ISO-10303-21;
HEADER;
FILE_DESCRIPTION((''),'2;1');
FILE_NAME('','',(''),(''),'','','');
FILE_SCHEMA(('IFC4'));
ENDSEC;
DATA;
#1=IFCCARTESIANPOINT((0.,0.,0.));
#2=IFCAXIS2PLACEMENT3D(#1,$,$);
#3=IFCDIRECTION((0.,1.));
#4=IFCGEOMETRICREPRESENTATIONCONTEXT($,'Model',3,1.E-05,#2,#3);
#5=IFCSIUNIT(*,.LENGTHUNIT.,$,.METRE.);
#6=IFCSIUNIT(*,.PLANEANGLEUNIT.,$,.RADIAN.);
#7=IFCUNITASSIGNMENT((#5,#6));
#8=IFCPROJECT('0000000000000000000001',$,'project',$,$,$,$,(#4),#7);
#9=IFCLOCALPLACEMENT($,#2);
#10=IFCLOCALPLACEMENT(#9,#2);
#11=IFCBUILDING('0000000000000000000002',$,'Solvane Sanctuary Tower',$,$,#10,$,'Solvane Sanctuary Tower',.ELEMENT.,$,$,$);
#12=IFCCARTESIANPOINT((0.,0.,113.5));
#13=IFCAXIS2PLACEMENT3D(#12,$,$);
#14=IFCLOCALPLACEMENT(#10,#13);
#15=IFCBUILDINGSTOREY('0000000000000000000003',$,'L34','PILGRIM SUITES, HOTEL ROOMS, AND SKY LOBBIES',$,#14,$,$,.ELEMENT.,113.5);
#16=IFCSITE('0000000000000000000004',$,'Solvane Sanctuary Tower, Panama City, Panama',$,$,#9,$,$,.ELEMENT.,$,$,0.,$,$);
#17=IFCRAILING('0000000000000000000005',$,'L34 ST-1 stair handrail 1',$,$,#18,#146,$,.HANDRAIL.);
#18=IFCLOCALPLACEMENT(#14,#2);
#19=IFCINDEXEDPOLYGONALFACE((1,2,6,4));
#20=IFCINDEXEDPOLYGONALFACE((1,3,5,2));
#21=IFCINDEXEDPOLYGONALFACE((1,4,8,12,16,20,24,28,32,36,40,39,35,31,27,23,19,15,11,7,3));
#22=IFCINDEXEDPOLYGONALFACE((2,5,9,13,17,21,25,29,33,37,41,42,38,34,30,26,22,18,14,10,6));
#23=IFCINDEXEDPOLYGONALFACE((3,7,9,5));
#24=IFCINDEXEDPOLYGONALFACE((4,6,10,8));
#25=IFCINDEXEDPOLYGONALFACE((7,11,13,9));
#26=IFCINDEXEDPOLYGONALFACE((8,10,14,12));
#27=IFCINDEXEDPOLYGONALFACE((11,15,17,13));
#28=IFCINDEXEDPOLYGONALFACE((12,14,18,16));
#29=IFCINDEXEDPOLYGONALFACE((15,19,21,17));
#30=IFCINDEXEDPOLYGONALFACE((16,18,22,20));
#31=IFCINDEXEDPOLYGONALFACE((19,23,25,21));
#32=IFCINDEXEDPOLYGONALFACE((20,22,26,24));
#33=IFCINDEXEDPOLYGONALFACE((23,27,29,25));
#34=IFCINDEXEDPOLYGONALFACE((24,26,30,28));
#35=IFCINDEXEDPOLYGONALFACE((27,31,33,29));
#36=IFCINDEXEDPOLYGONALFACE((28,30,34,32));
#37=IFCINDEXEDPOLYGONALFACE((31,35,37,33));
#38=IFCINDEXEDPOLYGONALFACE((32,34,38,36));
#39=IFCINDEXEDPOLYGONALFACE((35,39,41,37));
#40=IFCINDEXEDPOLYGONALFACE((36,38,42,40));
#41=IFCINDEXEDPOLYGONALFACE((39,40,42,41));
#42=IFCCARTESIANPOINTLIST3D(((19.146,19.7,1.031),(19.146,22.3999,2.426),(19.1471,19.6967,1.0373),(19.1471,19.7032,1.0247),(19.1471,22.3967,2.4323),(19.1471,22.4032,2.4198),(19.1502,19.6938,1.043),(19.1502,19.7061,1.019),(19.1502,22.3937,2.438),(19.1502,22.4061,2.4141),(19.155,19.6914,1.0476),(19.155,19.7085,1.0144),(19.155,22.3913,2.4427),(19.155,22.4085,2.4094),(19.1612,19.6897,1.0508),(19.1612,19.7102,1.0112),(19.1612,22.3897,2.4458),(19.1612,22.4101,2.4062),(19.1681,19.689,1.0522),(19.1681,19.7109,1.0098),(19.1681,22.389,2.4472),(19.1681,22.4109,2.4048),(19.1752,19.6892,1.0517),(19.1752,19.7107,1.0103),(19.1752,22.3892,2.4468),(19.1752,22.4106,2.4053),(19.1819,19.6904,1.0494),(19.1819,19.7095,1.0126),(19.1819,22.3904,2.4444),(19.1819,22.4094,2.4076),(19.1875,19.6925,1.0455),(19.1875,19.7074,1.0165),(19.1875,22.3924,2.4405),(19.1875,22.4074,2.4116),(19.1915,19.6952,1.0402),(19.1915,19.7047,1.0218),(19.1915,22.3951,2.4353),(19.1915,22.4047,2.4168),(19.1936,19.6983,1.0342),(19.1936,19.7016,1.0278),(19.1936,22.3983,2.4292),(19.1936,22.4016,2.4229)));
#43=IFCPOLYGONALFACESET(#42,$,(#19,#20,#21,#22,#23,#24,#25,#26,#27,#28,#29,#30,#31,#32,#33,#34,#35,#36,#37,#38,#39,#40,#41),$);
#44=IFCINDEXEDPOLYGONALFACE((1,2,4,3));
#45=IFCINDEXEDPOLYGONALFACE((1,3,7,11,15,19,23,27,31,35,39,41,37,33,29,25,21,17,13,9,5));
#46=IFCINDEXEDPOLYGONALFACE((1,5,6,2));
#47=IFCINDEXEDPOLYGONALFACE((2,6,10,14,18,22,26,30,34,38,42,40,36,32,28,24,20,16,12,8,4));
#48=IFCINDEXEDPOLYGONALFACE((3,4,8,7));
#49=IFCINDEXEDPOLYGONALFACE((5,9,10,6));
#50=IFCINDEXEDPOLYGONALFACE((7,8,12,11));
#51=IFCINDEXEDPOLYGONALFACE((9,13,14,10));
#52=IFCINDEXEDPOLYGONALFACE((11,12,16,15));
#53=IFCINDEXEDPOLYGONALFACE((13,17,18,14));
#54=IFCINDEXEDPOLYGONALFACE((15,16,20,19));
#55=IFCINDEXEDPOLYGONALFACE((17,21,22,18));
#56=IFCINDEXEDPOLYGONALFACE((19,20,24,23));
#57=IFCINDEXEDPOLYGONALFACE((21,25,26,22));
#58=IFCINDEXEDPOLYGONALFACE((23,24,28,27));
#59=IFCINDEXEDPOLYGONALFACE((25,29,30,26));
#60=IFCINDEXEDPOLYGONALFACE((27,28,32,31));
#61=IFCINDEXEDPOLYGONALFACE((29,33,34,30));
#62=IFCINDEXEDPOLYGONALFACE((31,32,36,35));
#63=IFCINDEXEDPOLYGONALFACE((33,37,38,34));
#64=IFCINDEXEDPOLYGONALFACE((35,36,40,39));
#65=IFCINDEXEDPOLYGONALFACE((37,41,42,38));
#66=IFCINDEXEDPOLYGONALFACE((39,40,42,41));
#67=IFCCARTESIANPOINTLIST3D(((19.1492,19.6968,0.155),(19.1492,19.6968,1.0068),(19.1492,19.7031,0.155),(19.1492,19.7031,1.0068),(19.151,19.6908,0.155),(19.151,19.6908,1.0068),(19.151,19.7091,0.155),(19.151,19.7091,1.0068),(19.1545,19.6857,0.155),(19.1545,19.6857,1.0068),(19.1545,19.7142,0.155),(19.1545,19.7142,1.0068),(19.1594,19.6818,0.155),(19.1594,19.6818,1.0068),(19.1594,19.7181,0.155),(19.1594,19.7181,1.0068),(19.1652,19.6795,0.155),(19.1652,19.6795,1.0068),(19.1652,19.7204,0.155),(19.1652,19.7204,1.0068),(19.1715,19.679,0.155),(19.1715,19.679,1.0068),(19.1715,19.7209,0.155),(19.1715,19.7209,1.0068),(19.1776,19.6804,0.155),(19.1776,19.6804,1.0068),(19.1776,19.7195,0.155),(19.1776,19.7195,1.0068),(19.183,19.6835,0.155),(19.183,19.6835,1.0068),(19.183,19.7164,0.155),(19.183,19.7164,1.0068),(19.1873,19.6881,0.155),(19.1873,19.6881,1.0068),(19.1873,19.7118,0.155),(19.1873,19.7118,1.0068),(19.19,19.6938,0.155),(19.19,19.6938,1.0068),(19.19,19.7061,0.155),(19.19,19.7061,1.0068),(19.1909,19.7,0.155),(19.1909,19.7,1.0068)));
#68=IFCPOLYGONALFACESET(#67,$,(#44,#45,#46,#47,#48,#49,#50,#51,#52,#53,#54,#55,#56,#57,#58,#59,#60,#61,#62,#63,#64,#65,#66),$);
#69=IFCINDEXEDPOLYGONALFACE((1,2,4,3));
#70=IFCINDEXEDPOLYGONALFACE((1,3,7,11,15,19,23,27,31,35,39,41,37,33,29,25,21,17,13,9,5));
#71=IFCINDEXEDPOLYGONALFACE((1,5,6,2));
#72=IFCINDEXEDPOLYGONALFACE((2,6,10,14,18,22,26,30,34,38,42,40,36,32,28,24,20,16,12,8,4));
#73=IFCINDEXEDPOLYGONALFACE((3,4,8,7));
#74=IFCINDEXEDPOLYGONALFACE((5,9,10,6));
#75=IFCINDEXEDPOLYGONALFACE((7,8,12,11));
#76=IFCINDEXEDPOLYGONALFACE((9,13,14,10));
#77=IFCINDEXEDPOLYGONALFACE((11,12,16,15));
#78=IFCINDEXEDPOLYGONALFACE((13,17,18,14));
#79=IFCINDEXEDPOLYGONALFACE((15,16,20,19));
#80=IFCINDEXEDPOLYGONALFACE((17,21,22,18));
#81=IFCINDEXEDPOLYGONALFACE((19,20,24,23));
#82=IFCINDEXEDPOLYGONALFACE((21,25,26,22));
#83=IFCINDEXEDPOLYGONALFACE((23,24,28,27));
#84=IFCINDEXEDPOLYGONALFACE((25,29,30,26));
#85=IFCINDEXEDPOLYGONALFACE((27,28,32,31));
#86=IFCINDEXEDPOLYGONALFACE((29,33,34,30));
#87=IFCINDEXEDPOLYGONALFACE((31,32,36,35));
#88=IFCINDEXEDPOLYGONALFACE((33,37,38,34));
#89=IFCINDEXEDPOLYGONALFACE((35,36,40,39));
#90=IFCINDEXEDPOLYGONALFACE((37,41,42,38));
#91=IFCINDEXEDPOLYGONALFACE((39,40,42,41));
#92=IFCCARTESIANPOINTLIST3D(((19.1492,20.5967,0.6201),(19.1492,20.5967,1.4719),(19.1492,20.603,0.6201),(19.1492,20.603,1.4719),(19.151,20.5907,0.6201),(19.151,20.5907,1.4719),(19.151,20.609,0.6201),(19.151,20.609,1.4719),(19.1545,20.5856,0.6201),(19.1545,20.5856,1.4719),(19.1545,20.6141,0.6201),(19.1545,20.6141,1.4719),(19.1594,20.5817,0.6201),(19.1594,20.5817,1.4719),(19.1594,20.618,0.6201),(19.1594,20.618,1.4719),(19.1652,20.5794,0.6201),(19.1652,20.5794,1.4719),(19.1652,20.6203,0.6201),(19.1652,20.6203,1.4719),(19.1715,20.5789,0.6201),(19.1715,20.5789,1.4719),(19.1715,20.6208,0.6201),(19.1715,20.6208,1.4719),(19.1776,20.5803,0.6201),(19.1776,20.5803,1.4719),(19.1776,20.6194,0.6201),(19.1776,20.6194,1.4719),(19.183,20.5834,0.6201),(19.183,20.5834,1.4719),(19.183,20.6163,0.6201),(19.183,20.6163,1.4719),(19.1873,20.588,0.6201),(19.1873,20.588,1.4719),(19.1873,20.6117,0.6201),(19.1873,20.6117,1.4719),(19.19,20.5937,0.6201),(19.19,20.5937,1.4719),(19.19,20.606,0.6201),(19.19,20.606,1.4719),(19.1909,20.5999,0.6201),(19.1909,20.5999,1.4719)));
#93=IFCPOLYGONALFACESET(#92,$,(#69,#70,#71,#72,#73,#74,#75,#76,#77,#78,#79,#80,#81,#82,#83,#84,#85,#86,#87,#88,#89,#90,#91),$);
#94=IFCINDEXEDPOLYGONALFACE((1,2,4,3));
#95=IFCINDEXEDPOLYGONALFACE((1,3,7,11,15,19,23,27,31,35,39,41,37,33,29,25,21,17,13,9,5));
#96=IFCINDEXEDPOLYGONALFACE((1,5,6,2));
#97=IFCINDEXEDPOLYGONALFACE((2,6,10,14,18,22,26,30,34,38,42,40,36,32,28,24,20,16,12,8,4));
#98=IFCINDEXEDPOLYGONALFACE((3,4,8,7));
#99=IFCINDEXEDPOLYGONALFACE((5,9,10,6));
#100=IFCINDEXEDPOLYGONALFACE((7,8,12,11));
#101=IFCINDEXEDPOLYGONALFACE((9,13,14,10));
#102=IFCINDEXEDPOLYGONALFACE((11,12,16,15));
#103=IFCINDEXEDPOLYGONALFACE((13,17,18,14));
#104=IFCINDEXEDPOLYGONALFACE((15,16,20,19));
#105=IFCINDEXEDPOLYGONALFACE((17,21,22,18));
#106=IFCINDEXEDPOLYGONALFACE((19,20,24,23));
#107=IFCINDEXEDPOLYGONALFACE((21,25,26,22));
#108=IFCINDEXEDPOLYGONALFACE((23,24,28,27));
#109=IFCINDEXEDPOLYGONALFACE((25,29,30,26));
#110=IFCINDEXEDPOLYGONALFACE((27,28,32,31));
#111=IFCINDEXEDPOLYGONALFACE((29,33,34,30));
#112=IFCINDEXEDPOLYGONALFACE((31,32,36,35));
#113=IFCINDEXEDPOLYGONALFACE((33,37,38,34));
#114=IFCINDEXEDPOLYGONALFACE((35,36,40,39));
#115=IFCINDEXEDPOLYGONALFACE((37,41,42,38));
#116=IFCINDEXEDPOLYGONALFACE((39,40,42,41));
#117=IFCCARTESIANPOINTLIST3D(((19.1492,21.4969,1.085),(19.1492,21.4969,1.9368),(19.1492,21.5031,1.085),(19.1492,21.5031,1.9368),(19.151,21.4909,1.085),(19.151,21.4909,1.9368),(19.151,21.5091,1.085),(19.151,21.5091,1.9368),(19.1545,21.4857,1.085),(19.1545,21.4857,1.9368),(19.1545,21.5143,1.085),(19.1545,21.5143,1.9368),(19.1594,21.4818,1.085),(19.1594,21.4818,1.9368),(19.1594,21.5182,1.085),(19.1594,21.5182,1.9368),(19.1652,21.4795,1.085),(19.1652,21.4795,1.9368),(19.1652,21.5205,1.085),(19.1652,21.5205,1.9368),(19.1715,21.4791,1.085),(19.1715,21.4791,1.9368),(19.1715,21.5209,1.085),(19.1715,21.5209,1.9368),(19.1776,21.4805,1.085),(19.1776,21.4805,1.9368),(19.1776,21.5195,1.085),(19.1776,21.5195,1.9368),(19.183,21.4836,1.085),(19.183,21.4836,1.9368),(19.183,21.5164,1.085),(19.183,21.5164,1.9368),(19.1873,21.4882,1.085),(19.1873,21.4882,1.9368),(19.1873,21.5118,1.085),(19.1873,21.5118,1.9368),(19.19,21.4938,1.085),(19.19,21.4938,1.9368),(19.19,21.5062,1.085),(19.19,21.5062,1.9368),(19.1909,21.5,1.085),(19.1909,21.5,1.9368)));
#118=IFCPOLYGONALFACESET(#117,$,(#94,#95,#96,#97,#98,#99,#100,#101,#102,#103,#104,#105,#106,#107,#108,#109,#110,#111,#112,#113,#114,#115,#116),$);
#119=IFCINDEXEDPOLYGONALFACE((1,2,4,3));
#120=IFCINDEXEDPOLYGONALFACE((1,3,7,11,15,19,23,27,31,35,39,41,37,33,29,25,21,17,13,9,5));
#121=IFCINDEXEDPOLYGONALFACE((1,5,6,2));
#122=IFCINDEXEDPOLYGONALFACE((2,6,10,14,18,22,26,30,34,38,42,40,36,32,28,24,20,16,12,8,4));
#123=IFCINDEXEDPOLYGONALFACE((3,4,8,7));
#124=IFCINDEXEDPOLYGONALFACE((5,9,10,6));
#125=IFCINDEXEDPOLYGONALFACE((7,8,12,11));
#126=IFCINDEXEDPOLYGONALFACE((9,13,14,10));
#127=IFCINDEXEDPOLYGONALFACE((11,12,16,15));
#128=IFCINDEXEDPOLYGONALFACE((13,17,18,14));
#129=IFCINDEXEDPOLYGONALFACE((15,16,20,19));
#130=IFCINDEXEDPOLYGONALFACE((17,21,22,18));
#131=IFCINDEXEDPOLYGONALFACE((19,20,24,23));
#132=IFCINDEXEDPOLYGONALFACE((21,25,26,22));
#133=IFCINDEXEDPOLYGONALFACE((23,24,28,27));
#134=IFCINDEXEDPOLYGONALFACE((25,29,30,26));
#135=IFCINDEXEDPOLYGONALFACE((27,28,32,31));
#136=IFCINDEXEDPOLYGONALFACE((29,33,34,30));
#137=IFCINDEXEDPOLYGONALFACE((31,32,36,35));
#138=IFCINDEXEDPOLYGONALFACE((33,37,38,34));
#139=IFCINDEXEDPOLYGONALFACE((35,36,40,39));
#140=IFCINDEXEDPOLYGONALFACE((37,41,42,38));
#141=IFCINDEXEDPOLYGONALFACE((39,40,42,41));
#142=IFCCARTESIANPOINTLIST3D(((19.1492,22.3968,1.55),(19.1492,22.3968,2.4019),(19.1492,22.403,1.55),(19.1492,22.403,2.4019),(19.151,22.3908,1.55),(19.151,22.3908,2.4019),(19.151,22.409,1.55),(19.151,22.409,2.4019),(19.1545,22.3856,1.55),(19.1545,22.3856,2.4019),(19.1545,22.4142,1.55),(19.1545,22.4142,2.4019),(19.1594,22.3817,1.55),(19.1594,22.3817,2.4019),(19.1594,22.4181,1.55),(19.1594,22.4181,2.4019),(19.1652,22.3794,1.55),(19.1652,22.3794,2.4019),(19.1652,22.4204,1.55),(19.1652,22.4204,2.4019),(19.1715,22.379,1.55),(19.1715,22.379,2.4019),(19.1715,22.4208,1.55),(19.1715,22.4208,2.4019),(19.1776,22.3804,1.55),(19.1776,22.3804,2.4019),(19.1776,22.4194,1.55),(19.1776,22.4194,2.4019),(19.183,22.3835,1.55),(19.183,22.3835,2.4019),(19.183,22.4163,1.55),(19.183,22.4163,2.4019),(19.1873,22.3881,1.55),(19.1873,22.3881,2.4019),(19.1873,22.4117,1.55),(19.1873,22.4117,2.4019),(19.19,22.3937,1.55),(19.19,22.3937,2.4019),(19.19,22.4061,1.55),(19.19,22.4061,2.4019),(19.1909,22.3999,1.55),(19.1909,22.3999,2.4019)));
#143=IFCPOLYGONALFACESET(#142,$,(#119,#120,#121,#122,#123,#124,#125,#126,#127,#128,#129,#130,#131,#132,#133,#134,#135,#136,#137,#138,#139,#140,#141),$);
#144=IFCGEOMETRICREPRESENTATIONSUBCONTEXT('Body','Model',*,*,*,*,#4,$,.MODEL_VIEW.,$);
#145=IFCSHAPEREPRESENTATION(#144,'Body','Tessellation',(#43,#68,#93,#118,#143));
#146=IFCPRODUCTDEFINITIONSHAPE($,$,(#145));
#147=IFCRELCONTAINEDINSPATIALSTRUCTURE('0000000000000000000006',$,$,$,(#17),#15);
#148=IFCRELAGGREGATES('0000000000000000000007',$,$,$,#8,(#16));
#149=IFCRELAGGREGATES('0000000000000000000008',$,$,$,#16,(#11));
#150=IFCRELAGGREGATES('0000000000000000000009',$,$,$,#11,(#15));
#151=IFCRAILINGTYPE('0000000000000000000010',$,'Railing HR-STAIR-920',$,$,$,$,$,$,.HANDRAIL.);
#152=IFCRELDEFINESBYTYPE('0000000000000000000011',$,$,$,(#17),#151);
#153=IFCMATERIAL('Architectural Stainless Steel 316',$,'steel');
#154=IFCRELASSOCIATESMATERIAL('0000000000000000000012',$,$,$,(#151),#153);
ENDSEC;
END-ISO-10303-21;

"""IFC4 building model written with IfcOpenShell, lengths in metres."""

from ifc_helpers import new_model, si_unit, direction, frame, origin, origin_2d, place, context, subcontext, project, spatial, circle, extrude, material, type_object, element, save


model = new_model("IFC4")

# Units and contexts
model_context = context("Model", 3, precision=1e-05, world=origin(), true_north=direction((0.0, 1.0)))
body_context = subcontext(model_context, "Body", "Model", "MODEL_VIEW")
ifc_project = project(units=[si_unit("LENGTHUNIT", "METRE"), si_unit("PLANEANGLEUNIT", "RADIAN")], contexts=[model_context])

# Site, building, storey
site_placement = place(None, origin())
site = spatial("IfcSite", under=ifc_project, at=site_placement, Name="Solvane Sanctuary Tower, Panama City, Panama", CompositionType="ELEMENT", RefElevation=0.0)
building_placement = place(site_placement, origin())
building = spatial("IfcBuilding", under=site, at=building_placement, Name="Solvane Sanctuary Tower", LongName="Solvane Sanctuary Tower", CompositionType="ELEMENT")
storey_placement = place(building_placement, frame((0.0, 0.0, 113.5)))
storey = spatial("IfcBuildingStorey", under=building, at=storey_placement, Name="L34", Description="PILGRIM SUITES, HOTEL ROOMS, AND SKY LOBBIES", CompositionType="ELEMENT", Elevation=113.5)

# Shared definitions
ifc_material_1 = material(Name="Architectural Stainless Steel 316", Category="steel")

# Railing
railing_type = type_object("IfcRailingType", Name="Railing HR-STAIR-920", PredefinedType="HANDRAIL", material=ifc_material_1)
railing_placement = place(storey_placement, frame((19.1699, 19.7, 0.155)))
element("IfcRailing", 1, at=railing_placement, inside=storey, type_object=railing_type, Name="L34 ST-1 stair handrail 1", PredefinedType="HANDRAIL", context=body_context, shape_type="SweptSolid", body=[
    extrude(circle(Radius=0.0239, at=origin_2d()), frame((0.0, 0.0, 0.876), z_axis=(0.0, 0.88842, 0.459032), x_axis=(-1.0, 0.0, 0.0)), (0.0, 0.0, 1.0), 3.0391),
    extrude(circle(Radius=0.021, at=origin_2d()), origin(), (0.0, 0.0, 1.0), 0.8518),
    extrude(circle(Radius=0.021, at=origin_2d()), frame((0.0, 0.8999, 0.4651)), (0.0, 0.0, 1.0), 0.8518),
    extrude(circle(Radius=0.021, at=origin_2d()), frame((0.0, 1.8, 0.9299)), (0.0, 0.0, 1.0), 0.8518),
    extrude(circle(Radius=0.021, at=origin_2d()), frame((0.0, 2.7, 1.395)), (0.0, 0.0, 1.0), 0.8518),
])

save(model, "model.ifc")
